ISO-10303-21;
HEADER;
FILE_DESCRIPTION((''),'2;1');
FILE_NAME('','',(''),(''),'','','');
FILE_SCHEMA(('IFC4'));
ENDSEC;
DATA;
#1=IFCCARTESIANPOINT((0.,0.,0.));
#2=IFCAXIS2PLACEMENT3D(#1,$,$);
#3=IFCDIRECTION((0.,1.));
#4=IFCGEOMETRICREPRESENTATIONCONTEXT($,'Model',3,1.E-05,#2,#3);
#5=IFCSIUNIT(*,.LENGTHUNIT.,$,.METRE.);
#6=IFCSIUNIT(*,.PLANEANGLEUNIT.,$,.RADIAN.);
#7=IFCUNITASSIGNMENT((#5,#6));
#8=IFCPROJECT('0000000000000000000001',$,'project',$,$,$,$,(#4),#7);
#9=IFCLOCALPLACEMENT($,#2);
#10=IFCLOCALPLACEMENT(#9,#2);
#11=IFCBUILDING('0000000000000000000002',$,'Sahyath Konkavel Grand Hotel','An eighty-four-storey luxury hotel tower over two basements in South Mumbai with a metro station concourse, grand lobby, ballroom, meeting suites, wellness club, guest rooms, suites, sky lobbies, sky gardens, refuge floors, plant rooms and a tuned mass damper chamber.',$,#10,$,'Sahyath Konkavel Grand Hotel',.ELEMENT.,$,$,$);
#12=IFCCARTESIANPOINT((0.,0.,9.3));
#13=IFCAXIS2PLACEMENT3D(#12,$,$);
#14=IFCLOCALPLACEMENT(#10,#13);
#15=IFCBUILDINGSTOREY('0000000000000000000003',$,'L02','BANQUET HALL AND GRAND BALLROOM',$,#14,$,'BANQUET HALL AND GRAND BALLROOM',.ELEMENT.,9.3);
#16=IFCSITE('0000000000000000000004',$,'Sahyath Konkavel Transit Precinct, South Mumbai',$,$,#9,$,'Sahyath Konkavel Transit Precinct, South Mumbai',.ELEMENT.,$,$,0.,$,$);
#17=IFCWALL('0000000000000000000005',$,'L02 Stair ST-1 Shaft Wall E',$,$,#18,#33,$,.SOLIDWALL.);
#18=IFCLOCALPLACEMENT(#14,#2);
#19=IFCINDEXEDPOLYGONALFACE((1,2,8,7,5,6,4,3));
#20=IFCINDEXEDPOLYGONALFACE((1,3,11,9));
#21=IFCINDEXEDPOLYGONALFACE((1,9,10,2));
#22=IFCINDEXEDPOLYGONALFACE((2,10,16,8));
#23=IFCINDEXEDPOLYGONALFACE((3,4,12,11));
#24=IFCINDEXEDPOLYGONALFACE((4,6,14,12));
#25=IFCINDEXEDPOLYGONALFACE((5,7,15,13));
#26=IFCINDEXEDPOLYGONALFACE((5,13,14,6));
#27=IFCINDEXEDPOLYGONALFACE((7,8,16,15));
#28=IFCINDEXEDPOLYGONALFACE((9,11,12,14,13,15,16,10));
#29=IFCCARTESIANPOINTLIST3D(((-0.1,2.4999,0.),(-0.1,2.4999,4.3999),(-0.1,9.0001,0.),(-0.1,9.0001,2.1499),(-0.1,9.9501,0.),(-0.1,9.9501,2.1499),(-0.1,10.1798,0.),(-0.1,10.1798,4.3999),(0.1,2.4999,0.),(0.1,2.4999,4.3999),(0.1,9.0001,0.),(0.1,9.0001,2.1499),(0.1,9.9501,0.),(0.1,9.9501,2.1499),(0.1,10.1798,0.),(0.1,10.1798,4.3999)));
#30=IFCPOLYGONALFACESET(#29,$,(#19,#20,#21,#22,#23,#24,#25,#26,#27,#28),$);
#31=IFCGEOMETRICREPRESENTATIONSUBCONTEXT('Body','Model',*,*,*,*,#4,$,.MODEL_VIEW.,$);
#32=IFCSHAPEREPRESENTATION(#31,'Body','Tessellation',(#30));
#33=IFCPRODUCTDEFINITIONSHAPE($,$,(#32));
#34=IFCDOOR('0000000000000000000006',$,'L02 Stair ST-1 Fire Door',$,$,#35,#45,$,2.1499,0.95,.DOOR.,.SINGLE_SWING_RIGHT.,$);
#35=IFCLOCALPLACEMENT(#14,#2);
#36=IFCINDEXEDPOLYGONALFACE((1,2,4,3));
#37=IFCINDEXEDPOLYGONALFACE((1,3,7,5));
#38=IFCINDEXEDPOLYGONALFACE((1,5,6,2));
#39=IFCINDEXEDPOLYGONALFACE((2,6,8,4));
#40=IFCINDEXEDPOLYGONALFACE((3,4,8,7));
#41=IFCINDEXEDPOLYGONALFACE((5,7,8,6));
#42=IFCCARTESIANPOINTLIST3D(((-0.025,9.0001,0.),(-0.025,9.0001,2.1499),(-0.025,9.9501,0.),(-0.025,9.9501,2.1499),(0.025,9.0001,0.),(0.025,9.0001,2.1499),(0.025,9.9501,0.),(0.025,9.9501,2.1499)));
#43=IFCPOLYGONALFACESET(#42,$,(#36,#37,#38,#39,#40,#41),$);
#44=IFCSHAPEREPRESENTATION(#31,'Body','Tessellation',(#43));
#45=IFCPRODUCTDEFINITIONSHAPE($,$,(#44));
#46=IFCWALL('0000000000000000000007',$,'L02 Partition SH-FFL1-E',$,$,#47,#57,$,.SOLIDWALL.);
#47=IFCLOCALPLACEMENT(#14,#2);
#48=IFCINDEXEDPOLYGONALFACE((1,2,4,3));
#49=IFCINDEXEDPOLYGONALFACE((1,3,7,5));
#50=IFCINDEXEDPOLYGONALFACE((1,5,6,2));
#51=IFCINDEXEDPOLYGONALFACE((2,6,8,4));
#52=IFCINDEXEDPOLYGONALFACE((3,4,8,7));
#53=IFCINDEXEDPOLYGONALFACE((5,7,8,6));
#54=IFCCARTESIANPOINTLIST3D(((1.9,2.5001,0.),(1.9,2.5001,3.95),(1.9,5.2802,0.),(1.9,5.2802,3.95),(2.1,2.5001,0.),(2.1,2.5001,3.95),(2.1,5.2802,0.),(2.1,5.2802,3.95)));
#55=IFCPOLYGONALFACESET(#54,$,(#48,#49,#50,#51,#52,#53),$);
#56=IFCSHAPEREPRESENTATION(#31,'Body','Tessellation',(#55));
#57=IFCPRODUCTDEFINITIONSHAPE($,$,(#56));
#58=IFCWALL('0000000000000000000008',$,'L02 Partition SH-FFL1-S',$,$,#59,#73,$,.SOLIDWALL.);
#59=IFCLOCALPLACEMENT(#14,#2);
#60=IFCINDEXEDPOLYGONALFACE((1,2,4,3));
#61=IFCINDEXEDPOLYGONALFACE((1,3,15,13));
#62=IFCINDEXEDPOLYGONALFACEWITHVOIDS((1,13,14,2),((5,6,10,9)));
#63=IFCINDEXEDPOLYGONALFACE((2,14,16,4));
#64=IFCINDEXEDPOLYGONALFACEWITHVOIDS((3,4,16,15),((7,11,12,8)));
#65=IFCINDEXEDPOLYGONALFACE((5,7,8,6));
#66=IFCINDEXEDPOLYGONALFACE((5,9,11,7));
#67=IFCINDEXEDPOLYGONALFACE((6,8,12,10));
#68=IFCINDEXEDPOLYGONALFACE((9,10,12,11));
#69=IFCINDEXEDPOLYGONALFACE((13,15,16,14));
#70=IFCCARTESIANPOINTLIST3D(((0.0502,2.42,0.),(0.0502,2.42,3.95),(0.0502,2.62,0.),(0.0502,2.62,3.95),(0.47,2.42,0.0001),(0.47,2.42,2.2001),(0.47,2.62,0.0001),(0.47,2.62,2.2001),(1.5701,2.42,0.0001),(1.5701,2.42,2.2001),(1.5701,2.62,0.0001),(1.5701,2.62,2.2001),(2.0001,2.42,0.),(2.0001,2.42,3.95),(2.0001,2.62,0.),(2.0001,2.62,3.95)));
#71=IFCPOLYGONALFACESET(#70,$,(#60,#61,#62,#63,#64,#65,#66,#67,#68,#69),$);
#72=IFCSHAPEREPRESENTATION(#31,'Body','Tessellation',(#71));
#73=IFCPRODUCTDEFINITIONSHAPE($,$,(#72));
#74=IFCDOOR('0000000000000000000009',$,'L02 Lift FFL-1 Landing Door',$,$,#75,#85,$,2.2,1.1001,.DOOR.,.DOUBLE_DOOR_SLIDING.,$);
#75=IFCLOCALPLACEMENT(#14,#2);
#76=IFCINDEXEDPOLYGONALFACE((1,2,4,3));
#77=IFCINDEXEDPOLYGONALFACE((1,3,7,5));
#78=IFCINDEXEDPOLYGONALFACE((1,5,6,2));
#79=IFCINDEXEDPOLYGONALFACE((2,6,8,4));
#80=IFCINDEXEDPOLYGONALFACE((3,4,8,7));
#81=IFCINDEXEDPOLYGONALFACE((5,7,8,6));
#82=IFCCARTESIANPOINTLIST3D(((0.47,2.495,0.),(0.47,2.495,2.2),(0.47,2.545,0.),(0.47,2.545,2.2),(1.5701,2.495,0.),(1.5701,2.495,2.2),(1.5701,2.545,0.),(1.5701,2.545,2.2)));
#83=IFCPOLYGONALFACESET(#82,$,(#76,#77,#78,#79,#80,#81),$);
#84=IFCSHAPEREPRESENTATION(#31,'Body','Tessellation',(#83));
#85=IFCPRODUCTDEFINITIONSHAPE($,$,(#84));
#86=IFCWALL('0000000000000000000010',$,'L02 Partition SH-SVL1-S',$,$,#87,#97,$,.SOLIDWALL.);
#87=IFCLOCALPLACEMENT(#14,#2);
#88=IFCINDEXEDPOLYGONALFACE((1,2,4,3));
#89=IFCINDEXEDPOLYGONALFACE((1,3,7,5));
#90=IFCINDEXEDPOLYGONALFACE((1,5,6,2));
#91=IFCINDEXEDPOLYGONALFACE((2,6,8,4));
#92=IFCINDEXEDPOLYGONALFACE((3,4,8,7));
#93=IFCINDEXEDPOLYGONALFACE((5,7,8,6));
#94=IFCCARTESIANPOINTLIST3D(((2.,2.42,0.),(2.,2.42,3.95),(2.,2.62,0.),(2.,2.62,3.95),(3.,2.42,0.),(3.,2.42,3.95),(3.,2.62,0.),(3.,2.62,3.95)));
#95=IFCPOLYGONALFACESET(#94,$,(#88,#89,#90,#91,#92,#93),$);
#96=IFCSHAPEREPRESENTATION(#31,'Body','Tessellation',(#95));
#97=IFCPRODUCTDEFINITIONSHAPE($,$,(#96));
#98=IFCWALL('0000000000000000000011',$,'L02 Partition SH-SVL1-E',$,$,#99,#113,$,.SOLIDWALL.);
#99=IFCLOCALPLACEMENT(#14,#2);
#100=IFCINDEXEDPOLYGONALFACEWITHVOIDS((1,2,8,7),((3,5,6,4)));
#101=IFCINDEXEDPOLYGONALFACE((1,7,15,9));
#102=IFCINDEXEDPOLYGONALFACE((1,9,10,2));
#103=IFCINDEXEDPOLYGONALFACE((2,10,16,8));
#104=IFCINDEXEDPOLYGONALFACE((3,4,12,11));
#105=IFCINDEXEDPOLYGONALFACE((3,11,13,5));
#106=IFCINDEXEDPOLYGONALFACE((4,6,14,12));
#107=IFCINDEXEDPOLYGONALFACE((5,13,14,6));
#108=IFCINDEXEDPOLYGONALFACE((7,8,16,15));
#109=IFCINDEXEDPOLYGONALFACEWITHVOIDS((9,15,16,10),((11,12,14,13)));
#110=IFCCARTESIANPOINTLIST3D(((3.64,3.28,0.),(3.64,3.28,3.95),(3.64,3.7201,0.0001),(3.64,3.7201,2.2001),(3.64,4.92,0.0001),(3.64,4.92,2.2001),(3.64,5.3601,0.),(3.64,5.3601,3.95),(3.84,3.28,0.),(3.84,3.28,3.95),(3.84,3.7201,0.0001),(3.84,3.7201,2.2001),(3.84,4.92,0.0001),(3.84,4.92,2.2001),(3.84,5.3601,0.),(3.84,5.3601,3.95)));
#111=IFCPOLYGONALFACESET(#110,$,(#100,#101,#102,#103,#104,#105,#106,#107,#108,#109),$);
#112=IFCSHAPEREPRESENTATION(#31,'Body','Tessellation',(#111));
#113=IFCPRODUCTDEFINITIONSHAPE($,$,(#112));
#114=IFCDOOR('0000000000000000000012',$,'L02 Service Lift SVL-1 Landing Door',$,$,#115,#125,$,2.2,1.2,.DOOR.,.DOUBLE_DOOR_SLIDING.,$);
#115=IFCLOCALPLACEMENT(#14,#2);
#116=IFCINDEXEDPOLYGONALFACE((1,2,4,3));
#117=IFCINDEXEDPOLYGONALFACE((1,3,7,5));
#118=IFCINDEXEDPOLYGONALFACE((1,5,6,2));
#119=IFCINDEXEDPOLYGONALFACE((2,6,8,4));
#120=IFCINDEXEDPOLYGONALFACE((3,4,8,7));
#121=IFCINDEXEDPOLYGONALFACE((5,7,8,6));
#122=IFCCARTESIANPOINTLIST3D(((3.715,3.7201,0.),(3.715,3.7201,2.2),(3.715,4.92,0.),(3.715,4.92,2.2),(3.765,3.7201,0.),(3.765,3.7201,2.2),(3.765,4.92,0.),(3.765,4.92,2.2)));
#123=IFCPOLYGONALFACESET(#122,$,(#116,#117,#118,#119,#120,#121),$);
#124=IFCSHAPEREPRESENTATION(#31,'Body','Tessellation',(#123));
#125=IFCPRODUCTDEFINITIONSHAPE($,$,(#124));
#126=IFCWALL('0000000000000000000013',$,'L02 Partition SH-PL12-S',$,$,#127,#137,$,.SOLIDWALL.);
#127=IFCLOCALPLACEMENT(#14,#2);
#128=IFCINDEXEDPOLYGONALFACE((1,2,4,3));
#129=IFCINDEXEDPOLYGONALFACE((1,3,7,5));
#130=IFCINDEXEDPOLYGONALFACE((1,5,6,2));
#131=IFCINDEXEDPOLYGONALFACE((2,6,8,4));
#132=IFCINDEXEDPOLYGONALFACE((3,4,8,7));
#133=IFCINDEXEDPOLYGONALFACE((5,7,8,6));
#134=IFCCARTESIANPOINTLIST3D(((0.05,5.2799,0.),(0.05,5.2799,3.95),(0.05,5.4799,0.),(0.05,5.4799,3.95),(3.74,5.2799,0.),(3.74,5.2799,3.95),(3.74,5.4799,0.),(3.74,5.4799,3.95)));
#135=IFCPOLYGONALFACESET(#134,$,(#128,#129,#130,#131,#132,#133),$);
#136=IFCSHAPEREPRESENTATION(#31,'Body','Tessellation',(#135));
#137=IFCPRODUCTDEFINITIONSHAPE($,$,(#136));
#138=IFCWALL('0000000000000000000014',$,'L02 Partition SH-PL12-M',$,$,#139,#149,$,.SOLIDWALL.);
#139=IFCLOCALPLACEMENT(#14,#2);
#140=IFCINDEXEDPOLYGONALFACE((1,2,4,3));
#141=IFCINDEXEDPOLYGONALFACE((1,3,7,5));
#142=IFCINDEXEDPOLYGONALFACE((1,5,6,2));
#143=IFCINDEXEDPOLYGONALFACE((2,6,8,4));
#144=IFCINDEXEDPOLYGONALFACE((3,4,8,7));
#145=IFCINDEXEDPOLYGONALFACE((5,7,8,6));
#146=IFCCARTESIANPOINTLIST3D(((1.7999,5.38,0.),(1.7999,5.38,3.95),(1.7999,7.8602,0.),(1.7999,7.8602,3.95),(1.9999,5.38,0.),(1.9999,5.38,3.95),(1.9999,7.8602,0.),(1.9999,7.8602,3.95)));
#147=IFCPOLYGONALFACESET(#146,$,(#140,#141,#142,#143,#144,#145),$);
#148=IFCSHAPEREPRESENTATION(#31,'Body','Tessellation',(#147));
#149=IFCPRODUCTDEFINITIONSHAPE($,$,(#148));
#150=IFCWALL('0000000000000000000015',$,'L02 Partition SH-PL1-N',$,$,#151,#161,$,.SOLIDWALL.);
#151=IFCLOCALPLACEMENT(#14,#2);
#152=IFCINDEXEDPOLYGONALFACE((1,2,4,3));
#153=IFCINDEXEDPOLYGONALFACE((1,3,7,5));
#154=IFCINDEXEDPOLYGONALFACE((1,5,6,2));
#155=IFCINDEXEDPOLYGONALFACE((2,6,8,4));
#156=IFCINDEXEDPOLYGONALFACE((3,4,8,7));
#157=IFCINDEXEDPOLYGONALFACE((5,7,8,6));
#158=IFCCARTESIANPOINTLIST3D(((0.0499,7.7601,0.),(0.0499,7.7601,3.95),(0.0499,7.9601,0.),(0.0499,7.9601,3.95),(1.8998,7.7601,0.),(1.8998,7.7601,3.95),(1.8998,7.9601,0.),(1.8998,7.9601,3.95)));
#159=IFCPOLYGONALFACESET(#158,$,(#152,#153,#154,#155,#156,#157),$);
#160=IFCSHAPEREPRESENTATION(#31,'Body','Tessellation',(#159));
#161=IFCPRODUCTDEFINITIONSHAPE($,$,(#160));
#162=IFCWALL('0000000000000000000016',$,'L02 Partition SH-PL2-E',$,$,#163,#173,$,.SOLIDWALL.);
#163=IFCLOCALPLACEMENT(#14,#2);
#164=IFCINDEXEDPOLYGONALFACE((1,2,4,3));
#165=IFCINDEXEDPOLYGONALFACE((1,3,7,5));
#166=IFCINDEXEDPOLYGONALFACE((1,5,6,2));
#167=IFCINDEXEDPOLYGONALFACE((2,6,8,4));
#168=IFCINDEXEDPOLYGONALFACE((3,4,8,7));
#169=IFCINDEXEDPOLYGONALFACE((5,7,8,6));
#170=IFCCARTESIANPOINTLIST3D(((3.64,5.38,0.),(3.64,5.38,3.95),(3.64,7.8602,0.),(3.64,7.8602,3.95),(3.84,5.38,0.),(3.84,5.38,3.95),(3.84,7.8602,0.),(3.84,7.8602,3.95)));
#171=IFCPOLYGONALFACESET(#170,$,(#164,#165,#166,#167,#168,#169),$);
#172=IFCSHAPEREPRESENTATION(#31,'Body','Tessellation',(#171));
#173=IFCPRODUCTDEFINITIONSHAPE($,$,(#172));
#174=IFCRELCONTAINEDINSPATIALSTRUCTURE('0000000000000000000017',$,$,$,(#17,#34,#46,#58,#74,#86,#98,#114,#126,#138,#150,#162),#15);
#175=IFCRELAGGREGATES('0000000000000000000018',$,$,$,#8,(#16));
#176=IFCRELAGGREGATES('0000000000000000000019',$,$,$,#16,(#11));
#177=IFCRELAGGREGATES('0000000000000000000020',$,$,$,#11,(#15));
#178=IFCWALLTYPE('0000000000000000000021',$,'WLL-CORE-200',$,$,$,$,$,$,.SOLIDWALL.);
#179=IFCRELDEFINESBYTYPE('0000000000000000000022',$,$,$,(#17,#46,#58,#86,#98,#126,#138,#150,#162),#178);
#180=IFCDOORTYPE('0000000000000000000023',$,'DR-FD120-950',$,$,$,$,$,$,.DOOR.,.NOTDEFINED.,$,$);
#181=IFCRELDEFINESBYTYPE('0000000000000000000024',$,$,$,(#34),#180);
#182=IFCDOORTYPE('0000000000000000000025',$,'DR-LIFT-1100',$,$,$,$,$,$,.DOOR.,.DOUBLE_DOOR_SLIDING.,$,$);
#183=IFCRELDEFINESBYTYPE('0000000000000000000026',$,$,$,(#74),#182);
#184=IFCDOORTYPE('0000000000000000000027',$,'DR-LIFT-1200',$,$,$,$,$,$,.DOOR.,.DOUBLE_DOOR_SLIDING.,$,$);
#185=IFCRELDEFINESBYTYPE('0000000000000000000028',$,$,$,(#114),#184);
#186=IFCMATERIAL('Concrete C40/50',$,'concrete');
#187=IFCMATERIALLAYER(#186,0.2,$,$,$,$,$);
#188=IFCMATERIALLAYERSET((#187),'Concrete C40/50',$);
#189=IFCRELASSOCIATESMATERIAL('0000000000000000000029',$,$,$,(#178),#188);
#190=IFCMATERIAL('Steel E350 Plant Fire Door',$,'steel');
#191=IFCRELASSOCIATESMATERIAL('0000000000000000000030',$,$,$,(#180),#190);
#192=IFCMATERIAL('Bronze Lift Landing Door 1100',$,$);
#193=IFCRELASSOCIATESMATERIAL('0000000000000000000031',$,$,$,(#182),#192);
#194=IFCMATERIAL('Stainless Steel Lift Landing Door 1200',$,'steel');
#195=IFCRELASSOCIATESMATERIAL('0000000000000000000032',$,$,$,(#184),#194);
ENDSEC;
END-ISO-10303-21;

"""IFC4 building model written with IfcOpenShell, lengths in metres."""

from ifc_helpers import new_model, si_unit, direction, frame, frame_2d, origin, origin_2d, place, context, subcontext, project, spatial, rectangle, extrude, source, transform, mapped, material, layer, layer_set, type_object, element, fill, save


model = new_model("IFC4")

# Units and contexts
model_context = context("Model", 3, precision=1e-05, world=origin(), true_north=direction((0.0, 1.0)))
body_context = subcontext(model_context, "Body", "Model", "MODEL_VIEW")
ifc_project = project(units=[si_unit("LENGTHUNIT", "METRE"), si_unit("PLANEANGLEUNIT", "RADIAN")], contexts=[model_context])

# Site, building, storey
site_placement = place(None, origin())
site = spatial("IfcSite", under=ifc_project, at=site_placement, Name="Sahyath Konkavel Transit Precinct, South Mumbai", LongName="Sahyath Konkavel Transit Precinct, South Mumbai", CompositionType="ELEMENT", RefElevation=0.0)
building_placement = place(site_placement, origin())
building = spatial("IfcBuilding", under=site, at=building_placement, Name="Sahyath Konkavel Grand Hotel", Description="An eighty-four-storey luxury hotel tower over two basements in South Mumbai with a metro station concourse, grand lobby, ballroom, meeting suites, wellness club, guest rooms, suites, sky lobbies, sky gardens, refuge floors, plant rooms and a tuned mass damper chamber.", LongName="Sahyath Konkavel Grand Hotel", CompositionType="ELEMENT")
storey_placement = place(building_placement, frame((0.0, 0.0, 9.3)))
storey = spatial("IfcBuildingStorey", under=building, at=storey_placement, Name="L02", Description="BANQUET HALL AND GRAND BALLROOM", LongName="BANQUET HALL AND GRAND BALLROOM", CompositionType="ELEMENT", Elevation=9.3)

# Wall, opening, door
ifc_material_1 = material(Name="Concrete C40/50", Category="concrete")
ifc_layer_1 = layer(ifc_material_1, 0.2)
ifc_layer_set_1 = layer_set([ifc_layer_1], Name="Concrete C40/50")
wall_type_1 = type_object("IfcWallType", Name="WLL-CORE-200", PredefinedType="SOLIDWALL", material=ifc_layer_set_1)
wall_1_placement = place(storey_placement, frame((0.0, 2.5, 0.0), z_axis=(0.0, 0.0, 1.0), x_axis=(0.0, 1.0, 0.0)))
wall_1 = element("IfcWall", 1, at=wall_1_placement, inside=storey, type_object=wall_type_1, Name="L02 Stair ST-1 Shaft Wall E", PredefinedType="SOLIDWALL", context=body_context, shape_type="SweptSolid", body=[
    extrude(rectangle(XDim=7.6799, YDim=0.2, at=frame_2d((3.8398, 0.0))), origin(), (0.0, 0.0, 1.0), 4.3999),
])
opening_1_placement = place(wall_1_placement, frame((6.5, 0.0, 0.0)))
opening_1 = element("IfcOpeningElement", 2, at=opening_1_placement, cuts=wall_1, PredefinedType="OPENING", context=body_context, shape_type="SweptSolid", body=[
    extrude(rectangle(XDim=0.95, YDim=2.1499, at=frame_2d((0.4751, 1.075))), frame((0.0, 0.1099, 0.0), z_axis=(0.0, -1.0, 0.0), x_axis=(1.0, 0.0, 0.0)), (0.0, 0.0, 1.0), 0.22),
])
ifc_material_2 = material(Name="Steel E350 Plant Fire Door", Category="steel")
door_type_1 = type_object("IfcDoorType", Name="DR-FD120-950", OperationType="NOTDEFINED", PredefinedType="DOOR", material=ifc_material_2)
shared_shape_1 = source(origin(), body_context, "Body", "SweptSolid", [
    extrude(rectangle(XDim=0.95, YDim=0.05, at=origin_2d()), origin(), (0.0, 0.0, 1.0), 2.1499),
])
door_1_placement = place(opening_1_placement, frame((0.4751, 0.0, 0.0)))
door_1 = element("IfcDoor", 3, at=door_1_placement, inside=storey, type_object=door_type_1, Name="L02 Stair ST-1 Fire Door", OperationType="SINGLE_SWING_RIGHT", OverallHeight=2.1499, OverallWidth=0.95, PredefinedType="DOOR", context=body_context, shape_type="MappedRepresentation", body=[
    mapped(shared_shape_1, transform((0.0, 0.0, 0.0), scale=1.0)),
])
fill(opening_1, door_1)

# Wall
wall_2_placement = place(storey_placement, frame((2.0, 2.5, 0.0), z_axis=(0.0, 0.0, 1.0), x_axis=(0.0, 1.0, 0.0)))
element("IfcWall", 4, at=wall_2_placement, inside=storey, type_object=wall_type_1, Name="L02 Partition SH-FFL1-E", PredefinedType="SOLIDWALL", context=body_context, shape_type="SweptSolid", body=[
    extrude(rectangle(XDim=2.78, YDim=0.2, at=frame_2d((1.3901, 0.0))), origin(), (0.0, 0.0, 1.0), 3.95),
])

# Wall, opening, door
wall_3_placement = place(storey_placement, frame((0.05, 2.52, 0.0), z_axis=(0.0, 0.0, 1.0), x_axis=(1.0, 0.0, 0.0)))
wall_3 = element("IfcWall", 5, at=wall_3_placement, inside=storey, type_object=wall_type_1, Name="L02 Partition SH-FFL1-S", PredefinedType="SOLIDWALL", context=body_context, shape_type="SweptSolid", body=[
    extrude(rectangle(XDim=1.95, YDim=0.2, at=frame_2d((0.9751, 0.0))), origin(), (0.0, 0.0, 1.0), 3.95),
])
opening_2_placement = place(wall_3_placement, frame((0.4199, 0.0, 0.0)))
opening_2 = element("IfcOpeningElement", 6, at=opening_2_placement, cuts=wall_3, PredefinedType="OPENING", context=body_context, shape_type="SweptSolid", body=[
    extrude(rectangle(XDim=1.1001, YDim=2.2, at=frame_2d((0.55, 1.1001))), frame((0.0, 0.1099, 0.0), z_axis=(0.0, -1.0, 0.0), x_axis=(1.0, 0.0, 0.0)), (0.0, 0.0, 1.0), 0.22),
])
ifc_material_3 = material(Name="Bronze Lift Landing Door 1100")
door_type_2 = type_object("IfcDoorType", Name="DR-LIFT-1100", OperationType="DOUBLE_DOOR_SLIDING", PredefinedType="DOOR", material=ifc_material_3)
shared_shape_2 = source(origin(), body_context, "Body", "SweptSolid", [
    extrude(rectangle(XDim=1.1001, YDim=0.05, at=origin_2d()), origin(), (0.0, 0.0, 1.0), 2.2),
])
door_2_placement = place(opening_2_placement, frame((0.55, 0.0, 0.0)))
door_2 = element("IfcDoor", 7, at=door_2_placement, inside=storey, type_object=door_type_2, Name="L02 Lift FFL-1 Landing Door", OperationType="DOUBLE_DOOR_SLIDING", OverallHeight=2.2, OverallWidth=1.1001, PredefinedType="DOOR", context=body_context, shape_type="MappedRepresentation", body=[
    mapped(shared_shape_2, transform((0.0, 0.0, 0.0), scale=1.0)),
])
fill(opening_2, door_2)

# Wall
wall_4_placement = place(storey_placement, frame((2.0, 2.52, 0.0), z_axis=(0.0, 0.0, 1.0), x_axis=(1.0, 0.0, 0.0)))
element("IfcWall", 8, at=wall_4_placement, inside=storey, type_object=wall_type_1, Name="L02 Partition SH-SVL1-S", PredefinedType="SOLIDWALL", context=body_context, shape_type="SweptSolid", body=[
    extrude(rectangle(XDim=1.0, YDim=0.2, at=frame_2d((0.5, 0.0))), origin(), (0.0, 0.0, 1.0), 3.95),
])

# Wall, opening, door
wall_5_placement = place(storey_placement, frame((3.74, 3.28, 0.0), z_axis=(0.0, 0.0, 1.0), x_axis=(0.0, 1.0, 0.0)))
wall_5 = element("IfcWall", 9, at=wall_5_placement, inside=storey, type_object=wall_type_1, Name="L02 Partition SH-SVL1-E", PredefinedType="SOLIDWALL", context=body_context, shape_type="SweptSolid", body=[
    extrude(rectangle(XDim=2.0801, YDim=0.2, at=frame_2d((1.04, 0.0))), origin(), (0.0, 0.0, 1.0), 3.95),
])
opening_3_placement = place(wall_5_placement, frame((0.4399, 0.0, 0.0)))
opening_3 = element("IfcOpeningElement", 10, at=opening_3_placement, cuts=wall_5, PredefinedType="OPENING", context=body_context, shape_type="SweptSolid", body=[
    extrude(rectangle(XDim=1.2, YDim=2.2, at=frame_2d((0.6001, 1.1001))), frame((0.0, 0.1099, 0.0), z_axis=(0.0, -1.0, 0.0), x_axis=(1.0, 0.0, 0.0)), (0.0, 0.0, 1.0), 0.22),
])
ifc_material_4 = material(Name="Stainless Steel Lift Landing Door 1200", Category="steel")
door_type_3 = type_object("IfcDoorType", Name="DR-LIFT-1200", OperationType="DOUBLE_DOOR_SLIDING", PredefinedType="DOOR", material=ifc_material_4)
shared_shape_3 = source(origin(), body_context, "Body", "SweptSolid", [
    extrude(rectangle(XDim=1.2, YDim=0.05, at=origin_2d()), origin(), (0.0, 0.0, 1.0), 2.2),
])
door_3_placement = place(opening_3_placement, frame((0.6001, 0.0, 0.0)))
door_3 = element("IfcDoor", 11, at=door_3_placement, inside=storey, type_object=door_type_3, Name="L02 Service Lift SVL-1 Landing Door", OperationType="DOUBLE_DOOR_SLIDING", OverallHeight=2.2, OverallWidth=1.2, PredefinedType="DOOR", context=body_context, shape_type="MappedRepresentation", body=[
    mapped(shared_shape_3, transform((0.0, 0.0, 0.0), scale=1.0)),
])
fill(opening_3, door_3)

# Walls
wall_6_placement = place(storey_placement, frame((0.05, 5.3799, 0.0), z_axis=(0.0, 0.0, 1.0), x_axis=(1.0, 0.0, 0.0)))
element("IfcWall", 12, at=wall_6_placement, inside=storey, type_object=wall_type_1, Name="L02 Partition SH-PL12-S", PredefinedType="SOLIDWALL", context=body_context, shape_type="SweptSolid", body=[
    extrude(rectangle(XDim=3.6899, YDim=0.2, at=frame_2d((1.845, 0.0))), origin(), (0.0, 0.0, 1.0), 3.95),
])
wall_7_placement = place(storey_placement, frame((1.8999, 5.3799, 0.0), z_axis=(0.0, 0.0, 1.0), x_axis=(0.0, 1.0, 0.0)))
element("IfcWall", 13, at=wall_7_placement, inside=storey, type_object=wall_type_1, Name="L02 Partition SH-PL12-M", PredefinedType="SOLIDWALL", context=body_context, shape_type="SweptSolid", body=[
    extrude(rectangle(XDim=2.4802, YDim=0.2, at=frame_2d((1.2402, 0.0))), origin(), (0.0, 0.0, 1.0), 3.95),
])
wall_8_placement = place(storey_placement, frame((0.05, 7.8601, 0.0), z_axis=(0.0, 0.0, 1.0), x_axis=(1.0, 0.0, 0.0)))
element("IfcWall", 14, at=wall_8_placement, inside=storey, type_object=wall_type_1, Name="L02 Partition SH-PL1-N", PredefinedType="SOLIDWALL", context=body_context, shape_type="SweptSolid", body=[
    extrude(rectangle(XDim=1.8499, YDim=0.2, at=frame_2d((0.9248, 0.0))), origin(), (0.0, 0.0, 1.0), 3.95),
])
wall_9_placement = place(storey_placement, frame((3.74, 5.3799, 0.0), z_axis=(0.0, 0.0, 1.0), x_axis=(0.0, 1.0, 0.0)))
element("IfcWall", 15, at=wall_9_placement, inside=storey, type_object=wall_type_1, Name="L02 Partition SH-PL2-E", PredefinedType="SOLIDWALL", context=body_context, shape_type="SweptSolid", body=[
    extrude(rectangle(XDim=2.4802, YDim=0.2, at=frame_2d((1.2402, 0.0))), origin(), (0.0, 0.0, 1.0), 3.95),
])

save(model, "model.ifc")
